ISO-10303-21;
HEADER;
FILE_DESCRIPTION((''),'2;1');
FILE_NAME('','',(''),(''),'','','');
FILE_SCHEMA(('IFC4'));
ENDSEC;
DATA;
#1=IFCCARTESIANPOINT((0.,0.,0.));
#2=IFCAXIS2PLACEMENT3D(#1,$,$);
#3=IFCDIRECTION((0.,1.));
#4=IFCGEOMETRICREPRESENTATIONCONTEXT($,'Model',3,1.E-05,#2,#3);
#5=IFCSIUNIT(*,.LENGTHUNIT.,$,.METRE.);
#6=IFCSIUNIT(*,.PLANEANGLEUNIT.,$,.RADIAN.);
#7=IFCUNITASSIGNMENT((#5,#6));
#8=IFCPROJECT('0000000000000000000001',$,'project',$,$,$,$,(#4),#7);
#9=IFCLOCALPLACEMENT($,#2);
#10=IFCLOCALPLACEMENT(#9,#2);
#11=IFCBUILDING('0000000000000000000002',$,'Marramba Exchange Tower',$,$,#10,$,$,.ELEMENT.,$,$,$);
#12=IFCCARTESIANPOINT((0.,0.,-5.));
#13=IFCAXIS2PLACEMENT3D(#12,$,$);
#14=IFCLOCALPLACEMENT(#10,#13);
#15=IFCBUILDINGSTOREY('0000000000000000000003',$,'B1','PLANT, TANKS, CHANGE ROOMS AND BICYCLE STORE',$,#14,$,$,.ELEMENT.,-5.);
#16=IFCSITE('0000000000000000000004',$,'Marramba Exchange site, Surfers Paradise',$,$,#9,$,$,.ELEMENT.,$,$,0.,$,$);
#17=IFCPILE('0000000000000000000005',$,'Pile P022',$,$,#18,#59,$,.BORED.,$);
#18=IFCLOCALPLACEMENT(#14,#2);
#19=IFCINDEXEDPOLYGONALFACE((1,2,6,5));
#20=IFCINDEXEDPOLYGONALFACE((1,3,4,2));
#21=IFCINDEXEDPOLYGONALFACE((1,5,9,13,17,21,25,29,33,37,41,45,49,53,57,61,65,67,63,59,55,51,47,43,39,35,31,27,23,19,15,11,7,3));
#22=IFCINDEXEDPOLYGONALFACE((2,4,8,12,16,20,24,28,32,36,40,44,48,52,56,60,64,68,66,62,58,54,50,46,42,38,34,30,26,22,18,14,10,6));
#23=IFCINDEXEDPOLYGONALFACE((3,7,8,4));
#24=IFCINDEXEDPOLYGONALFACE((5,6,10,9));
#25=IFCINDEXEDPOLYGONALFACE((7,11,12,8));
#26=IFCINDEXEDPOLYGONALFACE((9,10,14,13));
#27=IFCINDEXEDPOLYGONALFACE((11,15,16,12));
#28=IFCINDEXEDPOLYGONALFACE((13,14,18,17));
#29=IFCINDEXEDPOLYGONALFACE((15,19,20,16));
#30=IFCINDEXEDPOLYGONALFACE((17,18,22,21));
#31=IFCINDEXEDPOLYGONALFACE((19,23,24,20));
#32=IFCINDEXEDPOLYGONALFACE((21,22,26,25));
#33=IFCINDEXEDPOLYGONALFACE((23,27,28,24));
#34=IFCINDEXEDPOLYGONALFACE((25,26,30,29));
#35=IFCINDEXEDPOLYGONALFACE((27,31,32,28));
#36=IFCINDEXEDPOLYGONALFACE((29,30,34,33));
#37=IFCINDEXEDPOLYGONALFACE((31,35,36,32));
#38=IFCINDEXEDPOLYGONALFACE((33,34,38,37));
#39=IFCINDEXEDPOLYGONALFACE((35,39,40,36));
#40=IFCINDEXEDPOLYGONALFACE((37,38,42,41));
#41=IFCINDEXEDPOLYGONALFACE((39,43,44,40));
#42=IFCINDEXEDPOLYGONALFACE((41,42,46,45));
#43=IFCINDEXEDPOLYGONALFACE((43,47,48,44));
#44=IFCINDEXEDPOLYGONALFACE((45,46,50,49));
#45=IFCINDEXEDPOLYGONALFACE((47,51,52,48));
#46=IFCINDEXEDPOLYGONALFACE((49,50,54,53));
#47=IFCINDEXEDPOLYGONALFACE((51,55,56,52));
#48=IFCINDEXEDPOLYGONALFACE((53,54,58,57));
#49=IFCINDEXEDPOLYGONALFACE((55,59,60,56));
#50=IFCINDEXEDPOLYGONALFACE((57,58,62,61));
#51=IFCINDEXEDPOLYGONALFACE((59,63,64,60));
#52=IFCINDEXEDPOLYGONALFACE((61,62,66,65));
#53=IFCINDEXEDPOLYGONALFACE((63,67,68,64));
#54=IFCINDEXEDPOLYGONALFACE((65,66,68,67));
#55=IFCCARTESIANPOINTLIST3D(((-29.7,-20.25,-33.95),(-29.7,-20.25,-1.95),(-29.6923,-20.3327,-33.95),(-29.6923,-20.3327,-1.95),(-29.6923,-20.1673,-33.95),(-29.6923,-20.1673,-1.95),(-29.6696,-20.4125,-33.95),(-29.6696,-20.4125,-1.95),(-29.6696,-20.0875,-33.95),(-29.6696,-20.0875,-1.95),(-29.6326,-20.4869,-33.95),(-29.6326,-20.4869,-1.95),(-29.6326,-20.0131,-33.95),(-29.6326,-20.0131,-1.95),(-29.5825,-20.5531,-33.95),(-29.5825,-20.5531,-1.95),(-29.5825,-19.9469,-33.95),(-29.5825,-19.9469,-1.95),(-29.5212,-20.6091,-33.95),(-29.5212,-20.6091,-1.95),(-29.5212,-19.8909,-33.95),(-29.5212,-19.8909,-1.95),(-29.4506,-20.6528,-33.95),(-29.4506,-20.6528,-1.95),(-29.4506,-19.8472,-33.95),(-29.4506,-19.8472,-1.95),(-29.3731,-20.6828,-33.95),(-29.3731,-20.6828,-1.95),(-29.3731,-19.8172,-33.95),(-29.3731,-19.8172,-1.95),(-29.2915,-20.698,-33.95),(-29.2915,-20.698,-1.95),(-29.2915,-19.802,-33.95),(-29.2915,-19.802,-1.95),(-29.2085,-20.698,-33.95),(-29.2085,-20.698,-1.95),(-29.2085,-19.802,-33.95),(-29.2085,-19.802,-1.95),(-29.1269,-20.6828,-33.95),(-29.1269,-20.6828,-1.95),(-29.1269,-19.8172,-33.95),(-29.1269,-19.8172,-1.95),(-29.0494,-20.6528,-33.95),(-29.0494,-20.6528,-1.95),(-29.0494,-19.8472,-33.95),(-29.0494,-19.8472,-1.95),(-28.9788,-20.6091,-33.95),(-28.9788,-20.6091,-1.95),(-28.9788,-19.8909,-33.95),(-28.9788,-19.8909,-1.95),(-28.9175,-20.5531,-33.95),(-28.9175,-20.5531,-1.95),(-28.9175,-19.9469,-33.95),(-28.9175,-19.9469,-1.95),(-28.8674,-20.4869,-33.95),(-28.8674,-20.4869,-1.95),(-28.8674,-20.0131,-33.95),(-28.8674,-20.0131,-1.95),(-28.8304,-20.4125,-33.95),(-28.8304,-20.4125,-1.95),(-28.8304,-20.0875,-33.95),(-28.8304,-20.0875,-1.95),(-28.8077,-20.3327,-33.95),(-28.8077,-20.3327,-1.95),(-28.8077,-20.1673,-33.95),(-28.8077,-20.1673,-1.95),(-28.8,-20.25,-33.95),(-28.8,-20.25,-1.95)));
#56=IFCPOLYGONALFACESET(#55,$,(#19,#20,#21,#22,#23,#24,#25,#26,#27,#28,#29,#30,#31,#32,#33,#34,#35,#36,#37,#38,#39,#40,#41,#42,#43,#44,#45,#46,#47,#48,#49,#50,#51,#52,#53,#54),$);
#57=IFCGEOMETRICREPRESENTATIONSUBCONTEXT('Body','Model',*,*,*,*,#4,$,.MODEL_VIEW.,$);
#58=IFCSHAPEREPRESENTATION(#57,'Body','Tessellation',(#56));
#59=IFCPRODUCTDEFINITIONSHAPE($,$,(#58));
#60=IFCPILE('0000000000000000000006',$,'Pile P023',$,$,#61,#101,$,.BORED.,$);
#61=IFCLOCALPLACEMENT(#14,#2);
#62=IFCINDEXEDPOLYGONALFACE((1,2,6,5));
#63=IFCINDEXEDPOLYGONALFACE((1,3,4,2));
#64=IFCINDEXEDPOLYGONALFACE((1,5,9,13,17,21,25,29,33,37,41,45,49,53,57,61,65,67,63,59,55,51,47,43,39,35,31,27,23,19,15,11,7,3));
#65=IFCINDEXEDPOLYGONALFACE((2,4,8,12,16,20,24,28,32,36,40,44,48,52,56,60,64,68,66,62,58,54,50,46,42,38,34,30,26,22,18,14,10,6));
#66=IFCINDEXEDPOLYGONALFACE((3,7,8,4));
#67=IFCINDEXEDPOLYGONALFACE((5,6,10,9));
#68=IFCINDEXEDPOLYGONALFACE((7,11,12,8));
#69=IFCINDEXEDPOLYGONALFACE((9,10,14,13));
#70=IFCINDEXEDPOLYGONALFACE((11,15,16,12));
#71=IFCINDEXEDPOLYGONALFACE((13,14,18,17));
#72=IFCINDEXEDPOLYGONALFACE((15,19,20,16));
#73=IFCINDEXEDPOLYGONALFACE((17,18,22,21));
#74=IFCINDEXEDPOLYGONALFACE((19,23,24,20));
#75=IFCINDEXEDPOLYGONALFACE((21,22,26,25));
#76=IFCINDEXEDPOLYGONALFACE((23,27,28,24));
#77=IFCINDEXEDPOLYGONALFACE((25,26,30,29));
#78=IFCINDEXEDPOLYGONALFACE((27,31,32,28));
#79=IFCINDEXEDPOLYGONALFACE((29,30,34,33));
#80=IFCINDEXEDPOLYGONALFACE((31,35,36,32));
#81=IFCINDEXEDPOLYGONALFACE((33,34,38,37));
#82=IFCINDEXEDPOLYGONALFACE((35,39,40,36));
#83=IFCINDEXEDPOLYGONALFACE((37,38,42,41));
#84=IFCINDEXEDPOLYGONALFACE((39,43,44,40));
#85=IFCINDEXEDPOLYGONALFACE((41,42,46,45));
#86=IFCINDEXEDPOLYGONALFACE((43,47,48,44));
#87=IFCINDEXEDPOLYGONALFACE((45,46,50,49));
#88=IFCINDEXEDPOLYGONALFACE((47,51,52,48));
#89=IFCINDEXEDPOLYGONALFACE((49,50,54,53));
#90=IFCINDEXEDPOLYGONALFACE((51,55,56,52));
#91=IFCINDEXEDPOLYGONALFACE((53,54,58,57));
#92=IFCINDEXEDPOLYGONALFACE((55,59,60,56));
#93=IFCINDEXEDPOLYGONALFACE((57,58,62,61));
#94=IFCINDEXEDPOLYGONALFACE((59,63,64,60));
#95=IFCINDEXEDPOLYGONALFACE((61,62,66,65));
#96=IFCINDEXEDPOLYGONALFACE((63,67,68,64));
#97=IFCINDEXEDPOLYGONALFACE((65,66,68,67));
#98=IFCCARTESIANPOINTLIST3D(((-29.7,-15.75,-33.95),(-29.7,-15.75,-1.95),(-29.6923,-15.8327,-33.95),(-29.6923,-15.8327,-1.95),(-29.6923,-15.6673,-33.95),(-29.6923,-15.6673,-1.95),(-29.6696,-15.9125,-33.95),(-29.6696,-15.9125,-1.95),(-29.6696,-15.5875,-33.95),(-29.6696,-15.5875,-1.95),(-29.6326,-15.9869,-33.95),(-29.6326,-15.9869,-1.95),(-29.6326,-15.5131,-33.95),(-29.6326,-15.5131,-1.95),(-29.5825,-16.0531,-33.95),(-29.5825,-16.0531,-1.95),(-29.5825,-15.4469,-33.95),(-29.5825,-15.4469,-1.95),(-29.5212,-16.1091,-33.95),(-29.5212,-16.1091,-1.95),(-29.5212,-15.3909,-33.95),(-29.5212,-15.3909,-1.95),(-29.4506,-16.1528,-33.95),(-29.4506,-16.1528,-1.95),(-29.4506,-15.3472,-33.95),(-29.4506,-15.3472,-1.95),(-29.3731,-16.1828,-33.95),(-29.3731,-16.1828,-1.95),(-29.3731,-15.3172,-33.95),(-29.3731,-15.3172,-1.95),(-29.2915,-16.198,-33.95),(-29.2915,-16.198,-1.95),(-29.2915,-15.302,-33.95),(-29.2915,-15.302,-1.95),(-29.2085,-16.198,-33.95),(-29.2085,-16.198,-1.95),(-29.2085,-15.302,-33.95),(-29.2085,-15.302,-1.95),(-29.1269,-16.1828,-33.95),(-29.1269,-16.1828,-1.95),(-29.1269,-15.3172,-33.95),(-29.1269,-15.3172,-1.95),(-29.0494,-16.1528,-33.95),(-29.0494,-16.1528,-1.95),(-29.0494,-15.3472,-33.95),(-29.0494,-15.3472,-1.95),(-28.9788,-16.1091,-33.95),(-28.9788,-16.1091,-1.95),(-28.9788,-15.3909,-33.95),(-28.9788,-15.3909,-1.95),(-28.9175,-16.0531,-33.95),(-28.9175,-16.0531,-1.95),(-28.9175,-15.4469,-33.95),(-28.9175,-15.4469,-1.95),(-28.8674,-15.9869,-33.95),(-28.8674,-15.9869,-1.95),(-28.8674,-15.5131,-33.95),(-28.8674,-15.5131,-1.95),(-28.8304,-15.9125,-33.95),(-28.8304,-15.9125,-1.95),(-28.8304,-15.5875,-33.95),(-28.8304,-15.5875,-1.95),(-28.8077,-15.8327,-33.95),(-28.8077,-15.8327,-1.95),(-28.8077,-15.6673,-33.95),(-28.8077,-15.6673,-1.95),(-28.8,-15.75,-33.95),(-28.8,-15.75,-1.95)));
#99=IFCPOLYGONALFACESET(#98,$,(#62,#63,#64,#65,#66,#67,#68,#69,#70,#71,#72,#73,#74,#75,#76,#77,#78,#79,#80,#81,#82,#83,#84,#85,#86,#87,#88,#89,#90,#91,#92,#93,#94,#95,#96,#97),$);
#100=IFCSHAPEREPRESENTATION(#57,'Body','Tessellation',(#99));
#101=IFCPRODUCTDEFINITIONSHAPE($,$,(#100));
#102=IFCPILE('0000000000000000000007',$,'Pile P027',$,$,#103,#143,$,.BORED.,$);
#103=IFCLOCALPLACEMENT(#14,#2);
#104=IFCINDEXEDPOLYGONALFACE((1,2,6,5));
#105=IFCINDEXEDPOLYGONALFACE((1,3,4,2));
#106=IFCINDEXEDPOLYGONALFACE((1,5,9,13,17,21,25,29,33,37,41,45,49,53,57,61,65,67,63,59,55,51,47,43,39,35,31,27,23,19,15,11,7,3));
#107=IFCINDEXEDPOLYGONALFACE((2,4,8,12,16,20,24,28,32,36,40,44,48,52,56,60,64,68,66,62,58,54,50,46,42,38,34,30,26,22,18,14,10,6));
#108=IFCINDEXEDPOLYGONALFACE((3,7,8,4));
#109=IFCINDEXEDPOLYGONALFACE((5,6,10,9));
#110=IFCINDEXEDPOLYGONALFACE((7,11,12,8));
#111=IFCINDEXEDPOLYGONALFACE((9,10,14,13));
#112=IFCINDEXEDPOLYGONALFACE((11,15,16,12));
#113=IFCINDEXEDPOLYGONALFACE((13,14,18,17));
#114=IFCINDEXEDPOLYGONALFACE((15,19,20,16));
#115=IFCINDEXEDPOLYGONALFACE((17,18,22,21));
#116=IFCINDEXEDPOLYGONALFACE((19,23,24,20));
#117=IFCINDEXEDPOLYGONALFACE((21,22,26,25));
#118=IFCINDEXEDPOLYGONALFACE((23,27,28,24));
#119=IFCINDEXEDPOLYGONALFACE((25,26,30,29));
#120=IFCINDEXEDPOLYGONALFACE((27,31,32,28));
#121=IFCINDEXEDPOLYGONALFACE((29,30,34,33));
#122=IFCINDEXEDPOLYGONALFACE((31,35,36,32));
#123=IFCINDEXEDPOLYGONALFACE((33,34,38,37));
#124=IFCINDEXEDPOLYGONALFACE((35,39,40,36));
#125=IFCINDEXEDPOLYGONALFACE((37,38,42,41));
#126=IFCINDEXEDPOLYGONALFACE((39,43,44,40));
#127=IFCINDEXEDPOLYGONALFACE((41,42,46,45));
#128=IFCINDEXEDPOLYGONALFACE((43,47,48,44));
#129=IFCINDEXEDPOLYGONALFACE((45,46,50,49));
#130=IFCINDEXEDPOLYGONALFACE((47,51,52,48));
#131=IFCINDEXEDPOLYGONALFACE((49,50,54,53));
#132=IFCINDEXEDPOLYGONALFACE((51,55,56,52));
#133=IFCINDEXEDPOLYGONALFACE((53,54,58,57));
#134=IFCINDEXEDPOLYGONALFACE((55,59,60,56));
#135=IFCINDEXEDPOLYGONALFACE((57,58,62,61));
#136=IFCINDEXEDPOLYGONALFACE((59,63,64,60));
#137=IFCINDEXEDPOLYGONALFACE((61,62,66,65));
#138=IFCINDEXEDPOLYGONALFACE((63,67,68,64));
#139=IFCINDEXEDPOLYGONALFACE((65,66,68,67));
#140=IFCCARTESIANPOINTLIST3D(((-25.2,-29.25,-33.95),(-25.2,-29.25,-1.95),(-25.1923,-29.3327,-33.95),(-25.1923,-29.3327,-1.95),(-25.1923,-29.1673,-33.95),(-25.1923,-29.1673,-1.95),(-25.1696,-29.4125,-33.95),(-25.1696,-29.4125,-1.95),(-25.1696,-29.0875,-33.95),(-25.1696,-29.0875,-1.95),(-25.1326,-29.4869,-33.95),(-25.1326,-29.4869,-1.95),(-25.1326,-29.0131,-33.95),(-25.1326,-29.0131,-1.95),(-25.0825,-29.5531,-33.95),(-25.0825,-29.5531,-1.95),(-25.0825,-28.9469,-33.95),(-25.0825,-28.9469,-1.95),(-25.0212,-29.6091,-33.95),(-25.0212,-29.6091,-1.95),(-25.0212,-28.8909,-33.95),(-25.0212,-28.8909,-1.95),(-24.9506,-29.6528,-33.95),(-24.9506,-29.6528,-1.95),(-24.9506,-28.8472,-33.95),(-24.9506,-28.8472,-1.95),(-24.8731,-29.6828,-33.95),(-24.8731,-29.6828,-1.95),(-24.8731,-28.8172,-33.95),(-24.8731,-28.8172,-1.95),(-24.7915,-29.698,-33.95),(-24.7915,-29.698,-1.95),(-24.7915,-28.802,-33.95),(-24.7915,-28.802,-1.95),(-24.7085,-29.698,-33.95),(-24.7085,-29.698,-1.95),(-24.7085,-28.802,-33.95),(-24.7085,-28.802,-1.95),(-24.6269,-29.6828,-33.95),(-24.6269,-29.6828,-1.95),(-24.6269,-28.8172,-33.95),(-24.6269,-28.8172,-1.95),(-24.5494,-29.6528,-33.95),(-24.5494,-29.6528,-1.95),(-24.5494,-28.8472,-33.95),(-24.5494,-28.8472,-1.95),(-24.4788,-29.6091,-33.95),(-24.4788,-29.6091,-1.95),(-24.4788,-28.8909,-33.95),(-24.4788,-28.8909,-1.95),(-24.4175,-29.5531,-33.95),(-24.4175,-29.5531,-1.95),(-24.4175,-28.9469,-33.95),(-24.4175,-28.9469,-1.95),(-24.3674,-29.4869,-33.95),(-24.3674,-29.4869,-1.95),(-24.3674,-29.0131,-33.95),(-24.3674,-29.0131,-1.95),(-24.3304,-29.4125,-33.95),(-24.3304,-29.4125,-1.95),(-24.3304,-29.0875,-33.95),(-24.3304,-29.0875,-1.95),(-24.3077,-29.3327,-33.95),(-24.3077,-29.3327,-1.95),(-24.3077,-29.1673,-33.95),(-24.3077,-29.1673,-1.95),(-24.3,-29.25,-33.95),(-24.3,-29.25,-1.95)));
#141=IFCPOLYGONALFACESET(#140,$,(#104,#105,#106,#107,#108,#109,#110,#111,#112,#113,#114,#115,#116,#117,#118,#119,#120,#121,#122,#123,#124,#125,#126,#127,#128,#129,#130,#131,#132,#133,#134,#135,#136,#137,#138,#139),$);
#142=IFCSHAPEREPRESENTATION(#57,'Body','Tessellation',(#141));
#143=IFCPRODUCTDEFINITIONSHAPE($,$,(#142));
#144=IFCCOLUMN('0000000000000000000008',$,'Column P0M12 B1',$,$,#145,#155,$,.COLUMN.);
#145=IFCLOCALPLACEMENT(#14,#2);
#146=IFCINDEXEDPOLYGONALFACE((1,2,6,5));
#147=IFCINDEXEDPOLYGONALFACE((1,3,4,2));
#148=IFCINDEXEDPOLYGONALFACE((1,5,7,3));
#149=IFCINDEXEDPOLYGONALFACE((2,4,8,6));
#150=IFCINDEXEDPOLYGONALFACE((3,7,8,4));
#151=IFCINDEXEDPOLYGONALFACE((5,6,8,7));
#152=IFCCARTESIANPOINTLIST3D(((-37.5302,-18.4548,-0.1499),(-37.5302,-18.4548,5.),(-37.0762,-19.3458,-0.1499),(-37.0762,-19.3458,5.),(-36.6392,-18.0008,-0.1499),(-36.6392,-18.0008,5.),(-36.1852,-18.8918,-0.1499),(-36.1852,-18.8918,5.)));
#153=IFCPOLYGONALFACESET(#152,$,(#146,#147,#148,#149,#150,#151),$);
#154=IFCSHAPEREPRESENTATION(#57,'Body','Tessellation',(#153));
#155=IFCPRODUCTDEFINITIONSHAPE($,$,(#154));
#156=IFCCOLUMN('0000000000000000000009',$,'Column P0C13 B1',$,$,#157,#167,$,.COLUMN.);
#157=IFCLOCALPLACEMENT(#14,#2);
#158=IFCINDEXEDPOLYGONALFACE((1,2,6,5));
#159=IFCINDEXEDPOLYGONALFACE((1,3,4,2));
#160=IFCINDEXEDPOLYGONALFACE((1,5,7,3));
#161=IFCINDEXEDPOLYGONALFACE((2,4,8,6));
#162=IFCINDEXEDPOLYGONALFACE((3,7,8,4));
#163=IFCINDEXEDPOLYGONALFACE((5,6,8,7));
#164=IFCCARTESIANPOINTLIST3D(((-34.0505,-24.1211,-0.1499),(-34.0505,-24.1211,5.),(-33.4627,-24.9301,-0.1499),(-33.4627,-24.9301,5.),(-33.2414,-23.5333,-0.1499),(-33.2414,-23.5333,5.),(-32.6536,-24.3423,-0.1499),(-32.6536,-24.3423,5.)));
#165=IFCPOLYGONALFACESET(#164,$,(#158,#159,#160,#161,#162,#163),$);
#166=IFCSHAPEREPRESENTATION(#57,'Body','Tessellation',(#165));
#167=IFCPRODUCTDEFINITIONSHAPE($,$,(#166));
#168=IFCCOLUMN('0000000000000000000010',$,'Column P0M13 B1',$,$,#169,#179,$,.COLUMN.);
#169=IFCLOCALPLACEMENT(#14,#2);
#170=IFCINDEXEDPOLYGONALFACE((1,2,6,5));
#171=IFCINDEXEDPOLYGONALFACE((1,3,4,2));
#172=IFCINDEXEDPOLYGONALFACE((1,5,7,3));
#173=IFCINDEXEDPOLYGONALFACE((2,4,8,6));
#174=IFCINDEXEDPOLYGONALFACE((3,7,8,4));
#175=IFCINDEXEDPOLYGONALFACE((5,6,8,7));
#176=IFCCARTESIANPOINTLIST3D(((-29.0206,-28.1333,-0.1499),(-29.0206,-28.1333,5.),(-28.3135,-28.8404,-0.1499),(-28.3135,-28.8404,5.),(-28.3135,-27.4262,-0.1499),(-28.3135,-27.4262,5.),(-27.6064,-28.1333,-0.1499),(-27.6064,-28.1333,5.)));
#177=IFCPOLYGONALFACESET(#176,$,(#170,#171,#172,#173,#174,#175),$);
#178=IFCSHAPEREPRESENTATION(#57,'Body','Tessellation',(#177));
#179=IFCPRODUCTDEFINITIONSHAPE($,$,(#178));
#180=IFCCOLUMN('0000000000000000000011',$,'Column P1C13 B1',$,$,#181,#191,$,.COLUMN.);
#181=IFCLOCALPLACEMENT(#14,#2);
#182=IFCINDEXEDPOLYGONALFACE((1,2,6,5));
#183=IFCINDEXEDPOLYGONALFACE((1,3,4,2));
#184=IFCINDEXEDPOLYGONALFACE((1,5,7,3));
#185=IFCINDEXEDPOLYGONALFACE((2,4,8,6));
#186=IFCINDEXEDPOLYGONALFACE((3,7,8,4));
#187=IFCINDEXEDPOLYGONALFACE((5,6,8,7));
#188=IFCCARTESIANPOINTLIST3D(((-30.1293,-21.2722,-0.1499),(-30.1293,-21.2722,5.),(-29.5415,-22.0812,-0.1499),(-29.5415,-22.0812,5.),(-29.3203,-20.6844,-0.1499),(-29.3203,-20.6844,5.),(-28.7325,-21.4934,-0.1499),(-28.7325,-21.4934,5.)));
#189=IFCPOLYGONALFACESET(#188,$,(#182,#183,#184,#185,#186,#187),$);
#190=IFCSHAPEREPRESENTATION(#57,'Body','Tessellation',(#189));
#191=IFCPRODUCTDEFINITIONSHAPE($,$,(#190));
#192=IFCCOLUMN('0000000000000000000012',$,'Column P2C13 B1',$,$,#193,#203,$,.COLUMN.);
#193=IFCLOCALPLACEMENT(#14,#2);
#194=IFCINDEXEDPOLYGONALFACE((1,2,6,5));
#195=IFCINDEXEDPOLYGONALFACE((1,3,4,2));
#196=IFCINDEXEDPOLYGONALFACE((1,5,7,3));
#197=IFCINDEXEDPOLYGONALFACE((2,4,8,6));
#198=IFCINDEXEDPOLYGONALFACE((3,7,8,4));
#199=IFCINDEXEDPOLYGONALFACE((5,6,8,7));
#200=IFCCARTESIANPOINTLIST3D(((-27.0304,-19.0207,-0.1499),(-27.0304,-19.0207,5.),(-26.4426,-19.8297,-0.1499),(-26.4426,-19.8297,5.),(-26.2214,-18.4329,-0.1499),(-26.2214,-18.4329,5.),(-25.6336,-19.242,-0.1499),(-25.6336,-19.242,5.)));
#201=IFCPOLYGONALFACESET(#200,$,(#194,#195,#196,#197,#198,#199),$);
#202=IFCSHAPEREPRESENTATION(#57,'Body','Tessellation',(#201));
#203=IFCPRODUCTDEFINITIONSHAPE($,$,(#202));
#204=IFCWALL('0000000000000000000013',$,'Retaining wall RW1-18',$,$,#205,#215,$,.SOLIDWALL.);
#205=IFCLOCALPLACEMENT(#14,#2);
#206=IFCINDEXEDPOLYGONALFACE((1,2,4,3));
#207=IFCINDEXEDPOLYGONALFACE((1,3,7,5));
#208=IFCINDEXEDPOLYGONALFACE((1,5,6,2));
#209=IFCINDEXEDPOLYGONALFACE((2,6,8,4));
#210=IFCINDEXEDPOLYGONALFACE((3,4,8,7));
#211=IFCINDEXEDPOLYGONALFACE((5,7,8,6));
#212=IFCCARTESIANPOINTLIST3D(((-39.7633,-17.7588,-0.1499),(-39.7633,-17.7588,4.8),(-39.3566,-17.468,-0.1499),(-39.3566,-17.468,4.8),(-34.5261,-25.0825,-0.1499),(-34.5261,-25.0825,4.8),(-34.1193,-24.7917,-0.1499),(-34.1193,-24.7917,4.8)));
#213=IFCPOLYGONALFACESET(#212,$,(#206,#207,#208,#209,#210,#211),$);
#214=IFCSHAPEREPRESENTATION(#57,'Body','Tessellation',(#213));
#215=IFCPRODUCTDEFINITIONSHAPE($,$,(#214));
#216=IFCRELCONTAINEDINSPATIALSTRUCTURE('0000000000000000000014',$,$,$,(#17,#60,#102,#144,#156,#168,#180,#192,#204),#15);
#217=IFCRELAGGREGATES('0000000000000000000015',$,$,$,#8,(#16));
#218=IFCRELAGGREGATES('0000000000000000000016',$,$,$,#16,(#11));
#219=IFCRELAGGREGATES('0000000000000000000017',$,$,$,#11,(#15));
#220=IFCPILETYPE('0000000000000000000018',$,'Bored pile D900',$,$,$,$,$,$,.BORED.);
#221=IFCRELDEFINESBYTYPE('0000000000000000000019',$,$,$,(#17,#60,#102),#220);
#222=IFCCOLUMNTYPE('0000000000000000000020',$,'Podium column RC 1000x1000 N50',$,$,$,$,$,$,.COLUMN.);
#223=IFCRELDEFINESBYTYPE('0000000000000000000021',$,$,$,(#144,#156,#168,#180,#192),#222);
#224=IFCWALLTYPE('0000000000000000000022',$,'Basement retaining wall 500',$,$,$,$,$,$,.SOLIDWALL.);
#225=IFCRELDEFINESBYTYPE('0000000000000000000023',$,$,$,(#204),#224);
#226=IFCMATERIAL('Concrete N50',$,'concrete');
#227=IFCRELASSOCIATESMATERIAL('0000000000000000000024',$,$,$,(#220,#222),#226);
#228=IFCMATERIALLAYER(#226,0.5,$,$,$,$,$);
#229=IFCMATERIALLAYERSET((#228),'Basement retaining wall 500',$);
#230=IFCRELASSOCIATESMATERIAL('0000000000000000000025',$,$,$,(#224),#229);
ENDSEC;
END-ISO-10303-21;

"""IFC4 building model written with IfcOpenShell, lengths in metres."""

from ifc_helpers import new_model, si_unit, direction, frame, frame_2d, origin, origin_2d, place, context, subcontext, project, spatial, rectangle, circle, extrude, material, layer, layer_set, material_profile, profile_set, type_object, element, save


model = new_model("IFC4")

# Units and contexts
model_context = context("Model", 3, precision=1e-05, world=origin(), true_north=direction((0.0, 1.0)))
body_context = subcontext(model_context, "Body", "Model", "MODEL_VIEW")
ifc_project = project(units=[si_unit("LENGTHUNIT", "METRE"), si_unit("PLANEANGLEUNIT", "RADIAN")], contexts=[model_context])

# Site, building, storey
site_placement = place(None, origin())
site = spatial("IfcSite", under=ifc_project, at=site_placement, Name="Marramba Exchange site, Surfers Paradise", CompositionType="ELEMENT", RefElevation=0.0)
building_placement = place(site_placement, origin())
building = spatial("IfcBuilding", under=site, at=building_placement, Name="Marramba Exchange Tower", CompositionType="ELEMENT")
storey_placement = place(building_placement, frame((0.0, 0.0, -5.0)))
storey = spatial("IfcBuildingStorey", under=building, at=storey_placement, Name="B1", Description="PLANT, TANKS, CHANGE ROOMS AND BICYCLE STORE", CompositionType="ELEMENT", Elevation=-5.0)

# Piles
ifc_material_1 = material(Name="Concrete N50", Category="concrete")
ifc_material_profile_1 = material_profile(ifc_material_1, circle(Radius=0.45, at=origin_2d()), Name="BP D900")
ifc_profile_set_1 = profile_set([ifc_material_profile_1], Name="Concrete N50")
pile_type = type_object("IfcPileType", Name="Bored pile D900", PredefinedType="BORED", material=ifc_profile_set_1)
for number, where, z_axis, x_axis, name in (
    (1, (-29.25, -20.25, -1.95), (0.0, 0.0, -1.0), (1.0, 0.0, 0.0), "Pile P022"),
    (2, (-29.25, -15.75, -1.95), (0.0, 0.0, -1.0), (1.0, 0.0, 0.0), "Pile P023"),
    (3, (-24.75, -29.25, -1.95), (0.0, 0.0, -1.0), (1.0, 0.0, 0.0), "Pile P027"),
):
    element("IfcPile", number, at=place(storey_placement, frame(where, z_axis=z_axis, x_axis=x_axis)), inside=storey, type_object=pile_type, Name=name, PredefinedType="BORED", context=body_context, shape_type="SweptSolid", body=[
        extrude(circle(Radius=0.45, at=origin_2d()), origin(), (0.0, 0.0, 1.0), 32.0),
    ])

# Columns
ifc_material_profile_2 = material_profile(ifc_material_1, rectangle(XDim=1.0, YDim=1.0, at=origin_2d()), Name="RC 1000x1000")
ifc_profile_set_2 = profile_set([ifc_material_profile_2], Name="Concrete N50")
column_type = type_object("IfcColumnType", Name="Podium column RC 1000x1000 N50", PredefinedType="COLUMN", material=ifc_profile_set_2)
for number, where, z_axis, x_axis, name in (
    (4, (-36.8577, -18.6733, -0.1499), (0.0, 0.0, 1.0), (-0.891007, -0.45399, 0.0), "Column P0M12 B1"),
    (5, (-33.3521, -24.2317, -0.1499), (0.0, 0.0, 1.0), (-0.809017, -0.587785, 0.0), "Column P0C13 B1"),
    (6, (-28.3135, -28.1333, -0.1499), (0.0, 0.0, 1.0), (-0.707107, -0.707107, 0.0), "Column P0M13 B1"),
    (7, (-29.4309, -21.3828, -0.1499), (0.0, 0.0, 1.0), (-0.809017, -0.587785, 0.0), "Column P1C13 B1"),
    (8, (-26.332, -19.1313, -0.1499), (0.0, 0.0, 1.0), (-0.809017, -0.587785, 0.0), "Column P2C13 B1"),
):
    element("IfcColumn", number, at=place(storey_placement, frame(where, z_axis=z_axis, x_axis=x_axis)), inside=storey, type_object=column_type, Name=name, PredefinedType="COLUMN", context=body_context, shape_type="SweptSolid", body=[
        extrude(rectangle(XDim=1.0, YDim=1.0, at=origin_2d()), origin(), (0.0, 0.0, 1.0), 5.1499),
    ])

# Wall
ifc_layer_1 = layer(ifc_material_1, 0.5)
ifc_layer_set_1 = layer_set([ifc_layer_1], Name="Basement retaining wall 500")
wall_type_1 = type_object("IfcWallType", Name="Basement retaining wall 500", PredefinedType="SOLIDWALL", material=ifc_layer_set_1)
wall_1_placement = place(storey_placement, frame((-39.5601, -17.6133, -0.1499), z_axis=(0.0, 0.0, 1.0), x_axis=(0.581684, -0.813415, 0.0)))
element("IfcWall", 9, at=wall_1_placement, inside=storey, type_object=wall_type_1, Name="Retaining wall RW1-18", PredefinedType="SOLIDWALL", context=body_context, shape_type="SweptSolid", body=[
    extrude(rectangle(XDim=9.0037, YDim=0.5, at=frame_2d((4.502, 0.0))), origin(), (0.0, 0.0, 1.0), 4.95),
])

save(model, "model.ifc")
